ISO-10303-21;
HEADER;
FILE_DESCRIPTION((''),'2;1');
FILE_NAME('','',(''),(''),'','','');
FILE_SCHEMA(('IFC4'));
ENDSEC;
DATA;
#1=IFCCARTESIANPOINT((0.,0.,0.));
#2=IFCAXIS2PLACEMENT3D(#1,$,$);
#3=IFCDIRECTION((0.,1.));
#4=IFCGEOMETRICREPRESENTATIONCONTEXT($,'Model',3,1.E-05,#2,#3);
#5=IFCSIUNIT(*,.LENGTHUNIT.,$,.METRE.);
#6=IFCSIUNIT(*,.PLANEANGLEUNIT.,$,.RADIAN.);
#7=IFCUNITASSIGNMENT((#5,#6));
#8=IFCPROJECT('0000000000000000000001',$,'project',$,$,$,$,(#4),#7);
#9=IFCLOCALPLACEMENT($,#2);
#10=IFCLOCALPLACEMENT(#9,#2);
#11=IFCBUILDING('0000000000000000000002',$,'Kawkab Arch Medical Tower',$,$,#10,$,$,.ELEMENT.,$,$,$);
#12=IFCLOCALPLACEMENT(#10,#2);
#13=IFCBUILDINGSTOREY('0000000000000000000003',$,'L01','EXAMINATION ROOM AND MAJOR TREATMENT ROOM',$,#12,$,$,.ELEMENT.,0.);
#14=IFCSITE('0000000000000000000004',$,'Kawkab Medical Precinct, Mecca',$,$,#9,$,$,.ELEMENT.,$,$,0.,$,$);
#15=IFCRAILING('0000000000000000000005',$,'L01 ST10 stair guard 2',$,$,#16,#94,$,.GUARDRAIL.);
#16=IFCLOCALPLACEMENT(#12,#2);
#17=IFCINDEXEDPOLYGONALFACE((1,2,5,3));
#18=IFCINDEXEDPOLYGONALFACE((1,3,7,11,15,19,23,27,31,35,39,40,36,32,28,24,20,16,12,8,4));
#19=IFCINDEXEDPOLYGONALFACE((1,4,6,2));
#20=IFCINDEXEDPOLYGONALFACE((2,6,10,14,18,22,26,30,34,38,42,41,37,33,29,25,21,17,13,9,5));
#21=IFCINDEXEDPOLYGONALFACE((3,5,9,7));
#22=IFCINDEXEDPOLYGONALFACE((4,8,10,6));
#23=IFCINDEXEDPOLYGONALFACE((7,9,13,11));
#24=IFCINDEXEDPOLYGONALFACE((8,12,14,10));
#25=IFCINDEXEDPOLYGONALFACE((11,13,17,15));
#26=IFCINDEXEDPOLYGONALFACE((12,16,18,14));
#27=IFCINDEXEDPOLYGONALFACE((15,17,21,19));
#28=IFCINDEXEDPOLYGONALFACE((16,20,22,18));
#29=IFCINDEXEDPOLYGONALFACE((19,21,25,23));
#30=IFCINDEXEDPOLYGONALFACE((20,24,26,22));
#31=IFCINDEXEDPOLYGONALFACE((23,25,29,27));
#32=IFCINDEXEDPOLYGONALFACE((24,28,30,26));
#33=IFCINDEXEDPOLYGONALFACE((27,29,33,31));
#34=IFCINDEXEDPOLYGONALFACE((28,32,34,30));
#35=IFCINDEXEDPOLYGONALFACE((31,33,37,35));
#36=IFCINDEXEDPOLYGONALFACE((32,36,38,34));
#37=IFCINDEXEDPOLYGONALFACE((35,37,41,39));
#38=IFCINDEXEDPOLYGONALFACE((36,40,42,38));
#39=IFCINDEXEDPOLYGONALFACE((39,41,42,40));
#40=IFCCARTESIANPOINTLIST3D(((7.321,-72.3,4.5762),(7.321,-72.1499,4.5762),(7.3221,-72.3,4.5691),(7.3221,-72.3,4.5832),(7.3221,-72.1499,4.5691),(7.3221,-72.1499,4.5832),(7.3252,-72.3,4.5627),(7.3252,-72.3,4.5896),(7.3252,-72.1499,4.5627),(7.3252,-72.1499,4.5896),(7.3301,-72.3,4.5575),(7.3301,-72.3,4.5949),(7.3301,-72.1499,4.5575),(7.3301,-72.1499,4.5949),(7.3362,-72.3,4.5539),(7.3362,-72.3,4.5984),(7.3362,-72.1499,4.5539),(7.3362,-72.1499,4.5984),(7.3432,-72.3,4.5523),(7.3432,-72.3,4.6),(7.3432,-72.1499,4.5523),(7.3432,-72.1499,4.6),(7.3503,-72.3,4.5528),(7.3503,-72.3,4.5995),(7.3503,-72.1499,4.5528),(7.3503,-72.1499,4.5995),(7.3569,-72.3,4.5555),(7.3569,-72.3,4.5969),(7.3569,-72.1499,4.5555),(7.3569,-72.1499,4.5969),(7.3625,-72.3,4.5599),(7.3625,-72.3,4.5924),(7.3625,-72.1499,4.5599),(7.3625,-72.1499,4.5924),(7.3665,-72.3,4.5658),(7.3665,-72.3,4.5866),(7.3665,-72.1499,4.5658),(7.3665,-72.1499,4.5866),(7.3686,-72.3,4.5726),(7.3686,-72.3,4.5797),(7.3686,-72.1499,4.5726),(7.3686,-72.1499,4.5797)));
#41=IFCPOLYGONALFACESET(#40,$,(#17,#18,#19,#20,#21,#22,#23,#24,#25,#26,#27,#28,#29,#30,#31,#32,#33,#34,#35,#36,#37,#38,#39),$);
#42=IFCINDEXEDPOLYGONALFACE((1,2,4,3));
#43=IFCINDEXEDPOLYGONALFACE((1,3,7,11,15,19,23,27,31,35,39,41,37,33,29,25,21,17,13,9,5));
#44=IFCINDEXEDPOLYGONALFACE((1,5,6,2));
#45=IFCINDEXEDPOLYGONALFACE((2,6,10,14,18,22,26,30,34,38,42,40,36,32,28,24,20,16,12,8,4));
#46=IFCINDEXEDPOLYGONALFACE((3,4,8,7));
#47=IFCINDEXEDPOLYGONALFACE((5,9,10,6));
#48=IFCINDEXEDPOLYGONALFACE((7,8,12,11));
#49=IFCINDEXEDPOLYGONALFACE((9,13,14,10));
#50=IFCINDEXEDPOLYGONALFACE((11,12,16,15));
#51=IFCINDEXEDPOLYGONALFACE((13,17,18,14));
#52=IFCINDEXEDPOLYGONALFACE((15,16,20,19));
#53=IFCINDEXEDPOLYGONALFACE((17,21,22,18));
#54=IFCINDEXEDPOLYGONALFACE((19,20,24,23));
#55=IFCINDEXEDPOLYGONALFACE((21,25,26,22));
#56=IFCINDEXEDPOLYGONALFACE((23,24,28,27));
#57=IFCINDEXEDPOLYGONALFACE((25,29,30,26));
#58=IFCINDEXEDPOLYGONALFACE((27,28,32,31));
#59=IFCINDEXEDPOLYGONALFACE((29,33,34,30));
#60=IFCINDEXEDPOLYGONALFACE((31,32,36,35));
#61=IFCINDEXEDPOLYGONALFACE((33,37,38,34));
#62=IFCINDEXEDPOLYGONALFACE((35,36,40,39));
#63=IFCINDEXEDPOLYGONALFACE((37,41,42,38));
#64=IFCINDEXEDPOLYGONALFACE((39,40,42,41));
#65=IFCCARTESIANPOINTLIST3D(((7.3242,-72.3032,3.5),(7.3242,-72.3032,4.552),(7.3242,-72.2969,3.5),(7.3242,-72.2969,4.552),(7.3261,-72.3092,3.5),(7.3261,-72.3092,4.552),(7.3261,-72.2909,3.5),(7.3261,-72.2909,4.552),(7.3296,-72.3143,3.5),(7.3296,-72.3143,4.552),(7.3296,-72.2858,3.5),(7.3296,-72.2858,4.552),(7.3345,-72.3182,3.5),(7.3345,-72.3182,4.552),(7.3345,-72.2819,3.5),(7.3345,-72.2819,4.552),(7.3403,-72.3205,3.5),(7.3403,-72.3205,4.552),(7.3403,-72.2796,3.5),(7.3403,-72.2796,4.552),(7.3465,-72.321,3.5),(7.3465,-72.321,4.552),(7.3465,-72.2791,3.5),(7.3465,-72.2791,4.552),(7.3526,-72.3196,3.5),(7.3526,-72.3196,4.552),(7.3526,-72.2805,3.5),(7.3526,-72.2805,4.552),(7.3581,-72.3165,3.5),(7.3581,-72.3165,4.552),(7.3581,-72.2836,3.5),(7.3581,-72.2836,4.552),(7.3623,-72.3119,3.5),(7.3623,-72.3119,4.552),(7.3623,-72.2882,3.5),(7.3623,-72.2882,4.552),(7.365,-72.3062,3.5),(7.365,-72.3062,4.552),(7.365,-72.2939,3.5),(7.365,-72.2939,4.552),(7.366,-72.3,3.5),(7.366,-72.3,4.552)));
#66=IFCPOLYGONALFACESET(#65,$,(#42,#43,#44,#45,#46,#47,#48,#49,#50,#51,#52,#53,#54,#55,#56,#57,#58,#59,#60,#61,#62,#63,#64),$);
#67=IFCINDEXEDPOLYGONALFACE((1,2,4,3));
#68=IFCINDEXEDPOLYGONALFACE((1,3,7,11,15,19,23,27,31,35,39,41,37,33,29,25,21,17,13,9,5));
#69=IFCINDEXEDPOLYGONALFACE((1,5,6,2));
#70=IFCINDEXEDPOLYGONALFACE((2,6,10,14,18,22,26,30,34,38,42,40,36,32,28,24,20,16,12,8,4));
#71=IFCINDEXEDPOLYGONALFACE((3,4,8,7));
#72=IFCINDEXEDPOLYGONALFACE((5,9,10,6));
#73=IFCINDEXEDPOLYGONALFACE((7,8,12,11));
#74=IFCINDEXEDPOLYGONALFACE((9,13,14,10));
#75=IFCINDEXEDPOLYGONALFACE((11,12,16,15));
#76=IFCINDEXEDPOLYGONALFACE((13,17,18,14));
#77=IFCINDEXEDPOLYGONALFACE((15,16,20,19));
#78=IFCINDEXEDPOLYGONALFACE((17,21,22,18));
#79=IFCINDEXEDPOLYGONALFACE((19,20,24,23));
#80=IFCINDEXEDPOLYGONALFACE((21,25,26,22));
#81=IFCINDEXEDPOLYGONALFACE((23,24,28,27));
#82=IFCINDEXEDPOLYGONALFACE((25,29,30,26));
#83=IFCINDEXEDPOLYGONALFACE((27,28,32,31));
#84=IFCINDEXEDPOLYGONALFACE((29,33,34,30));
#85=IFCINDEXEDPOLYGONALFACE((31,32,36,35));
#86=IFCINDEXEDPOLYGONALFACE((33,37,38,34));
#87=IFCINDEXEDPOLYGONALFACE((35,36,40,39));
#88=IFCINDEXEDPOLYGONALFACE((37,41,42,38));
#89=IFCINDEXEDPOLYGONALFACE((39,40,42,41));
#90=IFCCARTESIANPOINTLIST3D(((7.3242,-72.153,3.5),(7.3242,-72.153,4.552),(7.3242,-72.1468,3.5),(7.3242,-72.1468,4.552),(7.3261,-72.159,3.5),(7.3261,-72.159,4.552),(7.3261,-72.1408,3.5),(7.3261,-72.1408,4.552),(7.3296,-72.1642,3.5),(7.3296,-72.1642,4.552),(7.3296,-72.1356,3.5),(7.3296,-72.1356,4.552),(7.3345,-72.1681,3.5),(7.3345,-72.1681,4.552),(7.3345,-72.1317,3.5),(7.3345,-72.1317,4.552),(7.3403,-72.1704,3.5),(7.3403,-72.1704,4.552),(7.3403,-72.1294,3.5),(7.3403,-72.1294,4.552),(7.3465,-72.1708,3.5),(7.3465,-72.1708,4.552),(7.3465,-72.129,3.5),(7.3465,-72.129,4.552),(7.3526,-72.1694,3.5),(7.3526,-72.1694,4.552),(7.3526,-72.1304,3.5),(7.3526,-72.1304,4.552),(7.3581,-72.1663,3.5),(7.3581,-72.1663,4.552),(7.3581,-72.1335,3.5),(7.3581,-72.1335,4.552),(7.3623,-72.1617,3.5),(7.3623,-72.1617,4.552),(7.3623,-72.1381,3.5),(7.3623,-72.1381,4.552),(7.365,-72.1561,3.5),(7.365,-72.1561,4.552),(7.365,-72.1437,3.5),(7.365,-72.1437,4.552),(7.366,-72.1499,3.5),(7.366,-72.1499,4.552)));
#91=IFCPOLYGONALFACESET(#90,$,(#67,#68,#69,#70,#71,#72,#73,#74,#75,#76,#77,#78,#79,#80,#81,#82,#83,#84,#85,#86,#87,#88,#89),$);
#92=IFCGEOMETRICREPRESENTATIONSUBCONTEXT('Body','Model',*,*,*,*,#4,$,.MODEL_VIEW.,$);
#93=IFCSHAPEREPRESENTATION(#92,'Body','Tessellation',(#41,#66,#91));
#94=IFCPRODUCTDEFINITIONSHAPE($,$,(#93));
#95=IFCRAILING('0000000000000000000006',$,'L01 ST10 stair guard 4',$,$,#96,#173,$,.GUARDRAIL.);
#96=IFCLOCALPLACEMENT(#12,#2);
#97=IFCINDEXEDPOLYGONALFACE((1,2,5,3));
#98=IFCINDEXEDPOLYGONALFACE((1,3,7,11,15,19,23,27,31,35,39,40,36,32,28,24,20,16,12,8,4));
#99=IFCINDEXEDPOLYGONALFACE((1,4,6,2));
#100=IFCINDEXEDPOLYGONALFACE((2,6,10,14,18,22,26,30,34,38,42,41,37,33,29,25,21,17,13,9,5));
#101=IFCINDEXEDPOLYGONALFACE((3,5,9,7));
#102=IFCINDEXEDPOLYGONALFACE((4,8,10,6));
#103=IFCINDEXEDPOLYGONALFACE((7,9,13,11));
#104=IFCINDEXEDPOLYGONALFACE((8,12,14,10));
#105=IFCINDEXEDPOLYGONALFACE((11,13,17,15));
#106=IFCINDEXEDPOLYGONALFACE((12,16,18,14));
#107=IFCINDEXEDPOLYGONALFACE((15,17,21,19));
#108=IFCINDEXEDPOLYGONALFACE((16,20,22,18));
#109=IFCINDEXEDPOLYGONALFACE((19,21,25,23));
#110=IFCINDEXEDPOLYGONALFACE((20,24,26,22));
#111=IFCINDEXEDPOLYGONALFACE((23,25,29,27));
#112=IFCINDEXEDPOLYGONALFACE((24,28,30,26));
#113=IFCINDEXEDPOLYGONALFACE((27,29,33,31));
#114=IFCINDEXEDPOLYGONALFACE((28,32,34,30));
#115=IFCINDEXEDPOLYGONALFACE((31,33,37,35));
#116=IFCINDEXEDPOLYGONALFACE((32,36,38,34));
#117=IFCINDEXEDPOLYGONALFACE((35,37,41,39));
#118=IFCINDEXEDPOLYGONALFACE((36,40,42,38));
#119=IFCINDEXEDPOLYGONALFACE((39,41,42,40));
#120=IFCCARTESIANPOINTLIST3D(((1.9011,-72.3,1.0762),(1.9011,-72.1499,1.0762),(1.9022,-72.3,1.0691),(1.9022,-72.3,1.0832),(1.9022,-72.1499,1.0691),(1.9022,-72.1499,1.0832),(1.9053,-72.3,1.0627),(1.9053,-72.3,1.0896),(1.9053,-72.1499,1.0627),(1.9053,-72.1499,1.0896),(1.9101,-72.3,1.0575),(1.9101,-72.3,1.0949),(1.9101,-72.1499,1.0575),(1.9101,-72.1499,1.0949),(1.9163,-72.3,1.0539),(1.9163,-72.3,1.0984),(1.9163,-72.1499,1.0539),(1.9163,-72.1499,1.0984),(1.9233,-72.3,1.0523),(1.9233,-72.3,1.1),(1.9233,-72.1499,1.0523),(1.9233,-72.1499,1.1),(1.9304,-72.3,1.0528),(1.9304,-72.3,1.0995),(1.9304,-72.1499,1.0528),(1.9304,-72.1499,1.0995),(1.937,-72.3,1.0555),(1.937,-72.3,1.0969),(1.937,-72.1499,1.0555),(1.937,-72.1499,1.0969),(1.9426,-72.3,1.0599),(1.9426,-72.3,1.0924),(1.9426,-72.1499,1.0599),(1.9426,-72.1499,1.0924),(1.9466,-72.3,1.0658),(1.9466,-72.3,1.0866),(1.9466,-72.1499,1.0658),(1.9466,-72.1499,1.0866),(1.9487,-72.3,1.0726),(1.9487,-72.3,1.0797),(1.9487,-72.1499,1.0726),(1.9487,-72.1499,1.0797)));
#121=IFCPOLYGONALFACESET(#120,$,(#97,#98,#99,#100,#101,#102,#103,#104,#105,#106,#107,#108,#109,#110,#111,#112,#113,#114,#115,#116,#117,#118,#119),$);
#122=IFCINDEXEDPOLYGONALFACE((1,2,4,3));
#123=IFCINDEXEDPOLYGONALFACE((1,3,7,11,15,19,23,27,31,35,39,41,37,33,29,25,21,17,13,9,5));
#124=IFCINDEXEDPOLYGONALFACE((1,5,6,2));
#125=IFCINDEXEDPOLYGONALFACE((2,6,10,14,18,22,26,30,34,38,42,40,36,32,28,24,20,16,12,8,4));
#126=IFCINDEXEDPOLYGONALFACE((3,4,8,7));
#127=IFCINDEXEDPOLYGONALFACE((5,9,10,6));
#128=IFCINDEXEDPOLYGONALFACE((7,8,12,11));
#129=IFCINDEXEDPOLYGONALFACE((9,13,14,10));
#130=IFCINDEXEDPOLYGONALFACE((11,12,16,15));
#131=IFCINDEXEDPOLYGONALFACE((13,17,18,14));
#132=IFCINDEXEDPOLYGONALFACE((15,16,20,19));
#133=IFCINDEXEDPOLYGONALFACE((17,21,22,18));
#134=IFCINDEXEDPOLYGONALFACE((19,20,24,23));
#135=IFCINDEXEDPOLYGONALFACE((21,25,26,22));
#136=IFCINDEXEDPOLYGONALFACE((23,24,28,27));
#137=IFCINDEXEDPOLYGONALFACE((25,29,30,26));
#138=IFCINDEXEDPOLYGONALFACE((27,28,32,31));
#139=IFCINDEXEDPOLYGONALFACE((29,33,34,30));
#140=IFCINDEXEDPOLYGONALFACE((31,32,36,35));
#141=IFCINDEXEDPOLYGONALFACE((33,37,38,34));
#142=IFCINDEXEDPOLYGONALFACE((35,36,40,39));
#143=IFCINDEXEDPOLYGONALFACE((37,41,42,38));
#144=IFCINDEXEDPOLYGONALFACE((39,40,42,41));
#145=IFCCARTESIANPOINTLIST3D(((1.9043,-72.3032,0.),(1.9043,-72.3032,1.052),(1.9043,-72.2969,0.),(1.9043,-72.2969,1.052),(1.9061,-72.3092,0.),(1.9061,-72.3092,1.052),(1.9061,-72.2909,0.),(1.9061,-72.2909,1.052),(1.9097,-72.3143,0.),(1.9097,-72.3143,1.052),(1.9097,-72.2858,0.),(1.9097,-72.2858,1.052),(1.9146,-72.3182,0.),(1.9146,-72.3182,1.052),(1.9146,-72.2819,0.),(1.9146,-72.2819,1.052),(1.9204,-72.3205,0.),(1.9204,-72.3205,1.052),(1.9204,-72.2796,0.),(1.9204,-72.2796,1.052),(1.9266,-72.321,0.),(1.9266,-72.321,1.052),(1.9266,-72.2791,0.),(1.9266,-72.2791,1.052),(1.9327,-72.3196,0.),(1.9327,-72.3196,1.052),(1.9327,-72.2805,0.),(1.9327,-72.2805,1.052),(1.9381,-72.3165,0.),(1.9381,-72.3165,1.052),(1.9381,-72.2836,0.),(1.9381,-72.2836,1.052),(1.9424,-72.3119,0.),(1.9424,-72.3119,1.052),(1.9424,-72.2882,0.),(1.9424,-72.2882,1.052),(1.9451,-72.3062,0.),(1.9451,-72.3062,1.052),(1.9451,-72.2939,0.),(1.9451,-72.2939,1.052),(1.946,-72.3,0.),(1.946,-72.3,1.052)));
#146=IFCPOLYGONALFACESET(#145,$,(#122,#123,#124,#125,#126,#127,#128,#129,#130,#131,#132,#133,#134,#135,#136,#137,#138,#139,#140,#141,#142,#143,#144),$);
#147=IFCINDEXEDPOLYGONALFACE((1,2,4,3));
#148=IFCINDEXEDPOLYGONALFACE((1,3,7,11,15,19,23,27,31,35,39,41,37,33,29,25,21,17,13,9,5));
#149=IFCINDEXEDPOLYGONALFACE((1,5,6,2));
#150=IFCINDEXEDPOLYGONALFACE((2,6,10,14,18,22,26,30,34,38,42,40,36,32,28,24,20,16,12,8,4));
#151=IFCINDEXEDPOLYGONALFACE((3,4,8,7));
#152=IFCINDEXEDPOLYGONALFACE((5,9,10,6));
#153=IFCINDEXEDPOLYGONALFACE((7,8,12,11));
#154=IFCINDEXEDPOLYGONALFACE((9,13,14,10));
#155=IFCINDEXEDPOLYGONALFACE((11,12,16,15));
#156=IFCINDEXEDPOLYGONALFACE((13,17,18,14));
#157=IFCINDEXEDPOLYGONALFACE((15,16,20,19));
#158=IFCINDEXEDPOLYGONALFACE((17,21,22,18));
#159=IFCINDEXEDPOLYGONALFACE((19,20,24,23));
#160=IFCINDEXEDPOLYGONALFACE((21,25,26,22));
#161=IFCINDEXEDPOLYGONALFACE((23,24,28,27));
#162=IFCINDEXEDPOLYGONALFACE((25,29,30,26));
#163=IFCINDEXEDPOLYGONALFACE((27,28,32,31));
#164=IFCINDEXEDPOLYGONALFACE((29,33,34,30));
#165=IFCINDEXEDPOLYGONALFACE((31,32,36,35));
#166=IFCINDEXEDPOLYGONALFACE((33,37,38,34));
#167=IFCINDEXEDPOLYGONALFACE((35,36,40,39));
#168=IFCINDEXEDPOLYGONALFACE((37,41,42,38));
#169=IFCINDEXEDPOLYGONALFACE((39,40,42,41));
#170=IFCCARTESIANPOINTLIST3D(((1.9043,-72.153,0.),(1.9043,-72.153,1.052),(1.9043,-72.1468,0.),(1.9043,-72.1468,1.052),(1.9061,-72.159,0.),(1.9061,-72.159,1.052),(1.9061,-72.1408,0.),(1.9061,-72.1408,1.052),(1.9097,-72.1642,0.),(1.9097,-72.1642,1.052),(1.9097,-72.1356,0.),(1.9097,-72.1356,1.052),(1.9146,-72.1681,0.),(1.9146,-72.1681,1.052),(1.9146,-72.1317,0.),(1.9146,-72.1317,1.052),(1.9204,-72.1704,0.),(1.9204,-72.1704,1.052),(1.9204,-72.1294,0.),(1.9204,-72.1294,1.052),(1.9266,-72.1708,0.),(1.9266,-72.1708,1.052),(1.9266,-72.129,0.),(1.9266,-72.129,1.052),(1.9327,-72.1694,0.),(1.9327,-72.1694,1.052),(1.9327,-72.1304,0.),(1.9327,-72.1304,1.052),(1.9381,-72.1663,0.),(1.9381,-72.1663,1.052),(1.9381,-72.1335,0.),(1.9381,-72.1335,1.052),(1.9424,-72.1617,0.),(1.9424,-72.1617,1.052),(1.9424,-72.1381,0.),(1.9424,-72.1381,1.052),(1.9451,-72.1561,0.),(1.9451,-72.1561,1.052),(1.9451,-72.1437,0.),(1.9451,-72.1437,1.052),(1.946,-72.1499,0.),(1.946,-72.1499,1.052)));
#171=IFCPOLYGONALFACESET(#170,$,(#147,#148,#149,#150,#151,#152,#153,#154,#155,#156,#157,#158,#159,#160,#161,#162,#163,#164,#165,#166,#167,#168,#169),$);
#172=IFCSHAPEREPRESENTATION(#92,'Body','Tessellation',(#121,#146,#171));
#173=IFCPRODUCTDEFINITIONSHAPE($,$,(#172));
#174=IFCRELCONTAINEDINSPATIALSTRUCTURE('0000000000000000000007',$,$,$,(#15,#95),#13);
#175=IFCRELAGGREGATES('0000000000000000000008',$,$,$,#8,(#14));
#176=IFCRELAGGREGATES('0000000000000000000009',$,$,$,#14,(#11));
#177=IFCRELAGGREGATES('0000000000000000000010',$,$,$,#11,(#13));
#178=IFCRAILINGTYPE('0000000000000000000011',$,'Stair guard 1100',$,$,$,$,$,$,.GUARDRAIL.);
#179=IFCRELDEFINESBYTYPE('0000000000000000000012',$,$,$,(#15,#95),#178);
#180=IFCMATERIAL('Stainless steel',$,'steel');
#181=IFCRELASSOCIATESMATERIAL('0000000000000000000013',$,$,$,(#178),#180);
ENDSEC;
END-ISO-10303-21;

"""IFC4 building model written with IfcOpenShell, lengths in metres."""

from ifc_helpers import new_model, si_unit, direction, frame, origin, origin_2d, place, context, subcontext, project, spatial, circle, extrude, material, type_object, element, save


model = new_model("IFC4")

# Units and contexts
model_context = context("Model", 3, precision=1e-05, world=origin(), true_north=direction((0.0, 1.0)))
body_context = subcontext(model_context, "Body", "Model", "MODEL_VIEW")
ifc_project = project(units=[si_unit("LENGTHUNIT", "METRE"), si_unit("PLANEANGLEUNIT", "RADIAN")], contexts=[model_context])

# Site, building, storey
site_placement = place(None, origin())
site = spatial("IfcSite", under=ifc_project, at=site_placement, Name="Kawkab Medical Precinct, Mecca", CompositionType="ELEMENT", RefElevation=0.0)
building_placement = place(site_placement, origin())
building = spatial("IfcBuilding", under=site, at=building_placement, Name="Kawkab Arch Medical Tower", CompositionType="ELEMENT")
storey_placement = place(building_placement, origin())
storey = spatial("IfcBuildingStorey", under=building, at=storey_placement, Name="L01", Description="EXAMINATION ROOM AND MAJOR TREATMENT ROOM", CompositionType="ELEMENT", Elevation=0.0)

# Railings
ifc_material_1 = material(Name="Stainless steel", Category="steel")
railing_type = type_object("IfcRailingType", Name="Stair guard 1100", PredefinedType="GUARDRAIL", material=ifc_material_1)
for number, where, name in (
    (1, (7.345, -72.3, 3.5), "L01 ST10 stair guard 2"),
    (2, (1.925, -72.3, 0.0), "L01 ST10 stair guard 4"),
):
    element("IfcRailing", number, at=place(storey_placement, frame(where)), inside=storey, type_object=railing_type, Name=name, PredefinedType="GUARDRAIL", context=body_context, shape_type="SweptSolid", body=[
        extrude(circle(Radius=0.0239, at=origin_2d()), frame((0.0, 0.0, 1.0762), z_axis=(0.0, 1.0, 0.0), x_axis=(-1.0, 0.0, 0.0)), (0.0, 0.0, 1.0), 0.1501),
        extrude(circle(Radius=0.021, at=origin_2d()), origin(), (0.0, 0.0, 1.0), 1.052),
        extrude(circle(Radius=0.021, at=origin_2d()), frame((0.0, 0.1501, 0.0)), (0.0, 0.0, 1.0), 1.052),
    ])

save(model, "model.ifc")
